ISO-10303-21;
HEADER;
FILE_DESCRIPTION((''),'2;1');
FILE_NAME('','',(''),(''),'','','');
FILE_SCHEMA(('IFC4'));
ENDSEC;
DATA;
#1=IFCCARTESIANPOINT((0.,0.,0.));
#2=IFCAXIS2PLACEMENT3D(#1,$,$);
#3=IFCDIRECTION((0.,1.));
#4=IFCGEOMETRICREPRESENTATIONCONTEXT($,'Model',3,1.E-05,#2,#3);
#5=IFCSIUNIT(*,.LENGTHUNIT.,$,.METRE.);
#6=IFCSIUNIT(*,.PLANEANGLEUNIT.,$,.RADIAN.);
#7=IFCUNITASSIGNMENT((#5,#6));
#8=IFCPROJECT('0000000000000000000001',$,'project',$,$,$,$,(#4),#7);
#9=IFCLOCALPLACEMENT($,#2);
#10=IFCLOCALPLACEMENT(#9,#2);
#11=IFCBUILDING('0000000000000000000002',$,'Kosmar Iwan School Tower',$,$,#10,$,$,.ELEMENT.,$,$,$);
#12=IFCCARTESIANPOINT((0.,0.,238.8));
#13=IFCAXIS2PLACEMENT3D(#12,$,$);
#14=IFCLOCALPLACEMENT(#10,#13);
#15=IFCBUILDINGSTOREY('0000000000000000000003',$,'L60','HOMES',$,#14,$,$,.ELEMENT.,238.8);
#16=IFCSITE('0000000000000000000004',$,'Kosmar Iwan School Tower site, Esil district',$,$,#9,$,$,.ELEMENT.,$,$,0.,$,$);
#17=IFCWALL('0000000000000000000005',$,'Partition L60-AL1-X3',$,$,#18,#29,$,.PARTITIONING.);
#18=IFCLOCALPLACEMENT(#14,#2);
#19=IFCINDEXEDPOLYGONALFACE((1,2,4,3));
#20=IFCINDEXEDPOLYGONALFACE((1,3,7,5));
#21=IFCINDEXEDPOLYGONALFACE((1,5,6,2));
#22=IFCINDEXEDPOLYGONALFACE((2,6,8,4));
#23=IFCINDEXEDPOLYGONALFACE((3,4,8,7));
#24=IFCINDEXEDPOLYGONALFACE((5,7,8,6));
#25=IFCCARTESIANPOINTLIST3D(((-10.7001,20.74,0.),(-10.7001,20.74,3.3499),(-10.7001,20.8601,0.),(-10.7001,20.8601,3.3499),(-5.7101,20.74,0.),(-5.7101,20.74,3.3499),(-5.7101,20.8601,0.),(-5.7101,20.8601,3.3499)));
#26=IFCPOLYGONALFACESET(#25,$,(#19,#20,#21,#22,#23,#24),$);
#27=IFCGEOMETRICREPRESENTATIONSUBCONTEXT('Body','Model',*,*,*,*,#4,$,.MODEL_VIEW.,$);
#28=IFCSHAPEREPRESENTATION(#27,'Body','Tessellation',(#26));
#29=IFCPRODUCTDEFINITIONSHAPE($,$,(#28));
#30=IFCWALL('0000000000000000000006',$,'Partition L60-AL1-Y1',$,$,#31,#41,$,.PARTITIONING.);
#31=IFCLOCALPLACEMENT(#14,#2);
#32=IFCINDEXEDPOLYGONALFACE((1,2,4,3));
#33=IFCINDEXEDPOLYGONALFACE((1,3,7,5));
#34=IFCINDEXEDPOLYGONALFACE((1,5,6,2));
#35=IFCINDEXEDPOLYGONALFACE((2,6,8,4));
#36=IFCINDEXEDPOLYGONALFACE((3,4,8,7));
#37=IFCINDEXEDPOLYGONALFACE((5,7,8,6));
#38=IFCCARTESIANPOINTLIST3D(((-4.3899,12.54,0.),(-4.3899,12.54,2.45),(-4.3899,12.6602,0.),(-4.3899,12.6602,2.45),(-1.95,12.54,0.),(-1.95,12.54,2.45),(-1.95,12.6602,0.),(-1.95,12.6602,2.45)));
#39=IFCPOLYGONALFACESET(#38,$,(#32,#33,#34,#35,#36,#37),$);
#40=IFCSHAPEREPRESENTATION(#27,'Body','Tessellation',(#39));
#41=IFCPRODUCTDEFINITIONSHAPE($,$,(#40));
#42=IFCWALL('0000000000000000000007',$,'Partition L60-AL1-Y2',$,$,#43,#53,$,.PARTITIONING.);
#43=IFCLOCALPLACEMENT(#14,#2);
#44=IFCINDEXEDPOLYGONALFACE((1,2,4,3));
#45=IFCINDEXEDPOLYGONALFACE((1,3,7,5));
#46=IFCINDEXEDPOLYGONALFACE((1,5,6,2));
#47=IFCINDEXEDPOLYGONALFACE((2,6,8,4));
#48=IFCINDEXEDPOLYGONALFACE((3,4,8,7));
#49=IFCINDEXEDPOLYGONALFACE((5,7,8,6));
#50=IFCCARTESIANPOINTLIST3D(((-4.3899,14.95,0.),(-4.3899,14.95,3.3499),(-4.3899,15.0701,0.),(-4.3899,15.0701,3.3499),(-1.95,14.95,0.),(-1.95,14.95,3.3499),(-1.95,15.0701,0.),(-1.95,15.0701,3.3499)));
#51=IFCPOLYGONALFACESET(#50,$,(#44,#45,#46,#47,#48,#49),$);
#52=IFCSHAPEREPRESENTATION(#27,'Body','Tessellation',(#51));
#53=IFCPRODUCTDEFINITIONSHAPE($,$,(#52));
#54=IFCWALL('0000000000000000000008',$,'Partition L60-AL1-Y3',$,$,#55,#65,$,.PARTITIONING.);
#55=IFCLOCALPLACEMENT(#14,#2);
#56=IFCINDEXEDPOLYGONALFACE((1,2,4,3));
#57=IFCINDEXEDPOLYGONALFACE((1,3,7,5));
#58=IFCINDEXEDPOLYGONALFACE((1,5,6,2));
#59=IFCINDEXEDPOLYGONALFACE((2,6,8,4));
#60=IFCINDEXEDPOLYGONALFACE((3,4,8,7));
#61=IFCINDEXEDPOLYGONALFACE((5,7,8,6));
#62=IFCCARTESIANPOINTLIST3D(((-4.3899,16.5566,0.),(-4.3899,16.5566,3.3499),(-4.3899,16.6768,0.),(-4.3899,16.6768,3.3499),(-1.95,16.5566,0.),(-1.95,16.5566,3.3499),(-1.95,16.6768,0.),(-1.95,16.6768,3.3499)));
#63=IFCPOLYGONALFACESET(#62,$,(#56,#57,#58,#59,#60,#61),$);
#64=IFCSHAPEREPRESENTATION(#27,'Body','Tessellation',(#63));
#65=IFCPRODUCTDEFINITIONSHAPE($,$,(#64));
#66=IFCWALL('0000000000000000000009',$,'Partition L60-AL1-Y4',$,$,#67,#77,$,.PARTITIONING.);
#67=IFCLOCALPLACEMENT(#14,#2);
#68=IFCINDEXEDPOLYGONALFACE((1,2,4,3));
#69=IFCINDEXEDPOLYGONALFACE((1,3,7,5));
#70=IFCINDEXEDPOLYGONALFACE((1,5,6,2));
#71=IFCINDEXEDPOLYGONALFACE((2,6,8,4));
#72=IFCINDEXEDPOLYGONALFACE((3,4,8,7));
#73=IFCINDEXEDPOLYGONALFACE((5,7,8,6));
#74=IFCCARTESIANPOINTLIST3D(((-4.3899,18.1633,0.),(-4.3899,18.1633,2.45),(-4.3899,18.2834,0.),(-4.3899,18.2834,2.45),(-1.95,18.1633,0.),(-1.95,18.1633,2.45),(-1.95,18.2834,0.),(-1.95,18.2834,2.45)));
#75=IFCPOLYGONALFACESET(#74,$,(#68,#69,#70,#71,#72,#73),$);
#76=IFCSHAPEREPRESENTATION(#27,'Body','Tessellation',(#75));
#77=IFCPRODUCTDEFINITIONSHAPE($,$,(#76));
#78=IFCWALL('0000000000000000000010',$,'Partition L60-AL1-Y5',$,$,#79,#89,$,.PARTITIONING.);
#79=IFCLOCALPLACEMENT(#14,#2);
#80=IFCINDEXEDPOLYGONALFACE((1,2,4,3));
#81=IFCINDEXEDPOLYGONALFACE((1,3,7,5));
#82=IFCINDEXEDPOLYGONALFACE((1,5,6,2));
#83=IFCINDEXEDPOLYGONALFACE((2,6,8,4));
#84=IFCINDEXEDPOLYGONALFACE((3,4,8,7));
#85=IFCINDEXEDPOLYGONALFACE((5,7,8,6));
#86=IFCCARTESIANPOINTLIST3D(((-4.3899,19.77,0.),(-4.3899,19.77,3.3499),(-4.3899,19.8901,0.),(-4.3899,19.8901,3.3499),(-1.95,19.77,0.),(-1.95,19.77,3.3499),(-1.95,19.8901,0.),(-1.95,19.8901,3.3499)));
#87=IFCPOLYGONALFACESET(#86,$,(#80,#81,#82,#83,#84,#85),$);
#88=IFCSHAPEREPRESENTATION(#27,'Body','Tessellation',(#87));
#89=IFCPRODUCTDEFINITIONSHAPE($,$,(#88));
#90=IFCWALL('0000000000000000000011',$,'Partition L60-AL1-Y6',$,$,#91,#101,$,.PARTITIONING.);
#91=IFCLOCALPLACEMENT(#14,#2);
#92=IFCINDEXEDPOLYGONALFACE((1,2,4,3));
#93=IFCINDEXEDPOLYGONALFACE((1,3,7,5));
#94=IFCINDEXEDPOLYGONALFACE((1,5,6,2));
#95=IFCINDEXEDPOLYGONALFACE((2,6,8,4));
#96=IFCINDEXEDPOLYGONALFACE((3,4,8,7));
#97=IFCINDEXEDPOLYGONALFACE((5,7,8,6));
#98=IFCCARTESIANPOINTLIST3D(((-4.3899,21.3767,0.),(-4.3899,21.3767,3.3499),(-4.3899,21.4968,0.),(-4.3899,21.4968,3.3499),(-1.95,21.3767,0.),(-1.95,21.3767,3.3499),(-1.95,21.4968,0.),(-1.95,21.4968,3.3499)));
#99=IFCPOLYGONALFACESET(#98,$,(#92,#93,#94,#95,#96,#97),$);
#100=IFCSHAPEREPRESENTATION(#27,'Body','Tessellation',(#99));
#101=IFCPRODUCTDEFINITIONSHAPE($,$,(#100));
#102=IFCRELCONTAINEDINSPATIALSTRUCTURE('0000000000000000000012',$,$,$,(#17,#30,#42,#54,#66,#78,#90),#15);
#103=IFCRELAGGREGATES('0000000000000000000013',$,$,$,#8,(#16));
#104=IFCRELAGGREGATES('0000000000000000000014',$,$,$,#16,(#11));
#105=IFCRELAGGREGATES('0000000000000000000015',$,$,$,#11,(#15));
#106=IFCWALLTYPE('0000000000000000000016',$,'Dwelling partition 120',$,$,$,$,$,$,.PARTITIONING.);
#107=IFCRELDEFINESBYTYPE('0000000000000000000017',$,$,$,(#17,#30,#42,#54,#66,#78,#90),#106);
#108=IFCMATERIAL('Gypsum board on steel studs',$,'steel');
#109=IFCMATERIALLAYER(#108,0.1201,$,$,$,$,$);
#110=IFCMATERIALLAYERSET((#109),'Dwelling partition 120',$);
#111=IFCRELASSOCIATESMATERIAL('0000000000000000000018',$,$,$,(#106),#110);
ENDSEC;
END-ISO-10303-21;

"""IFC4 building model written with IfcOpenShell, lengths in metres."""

from ifc_helpers import new_model, si_unit, direction, frame, frame_2d, origin, place, context, subcontext, project, spatial, rectangle, extrude, material, layer, layer_set, type_object, element, save


model = new_model("IFC4")

# Units and contexts
model_context = context("Model", 3, precision=1e-05, world=origin(), true_north=direction((0.0, 1.0)))
body_context = subcontext(model_context, "Body", "Model", "MODEL_VIEW")
ifc_project = project(units=[si_unit("LENGTHUNIT", "METRE"), si_unit("PLANEANGLEUNIT", "RADIAN")], contexts=[model_context])

# Site, building, storey
site_placement = place(None, origin())
site = spatial("IfcSite", under=ifc_project, at=site_placement, Name="Kosmar Iwan School Tower site, Esil district", CompositionType="ELEMENT", RefElevation=0.0)
building_placement = place(site_placement, origin())
building = spatial("IfcBuilding", under=site, at=building_placement, Name="Kosmar Iwan School Tower", CompositionType="ELEMENT")
storey_placement = place(building_placement, frame((0.0, 0.0, 238.8)))
storey = spatial("IfcBuildingStorey", under=building, at=storey_placement, Name="L60", Description="HOMES", CompositionType="ELEMENT", Elevation=238.8)

# Shared definitions
ifc_material_1 = material(Name="Gypsum board on steel studs", Category="steel")
ifc_layer_1 = layer(ifc_material_1, 0.1201)
ifc_layer_set_1 = layer_set([ifc_layer_1], Name="Dwelling partition 120")
wall_type_1 = type_object("IfcWallType", Name="Dwelling partition 120", PredefinedType="PARTITIONING", material=ifc_layer_set_1)

# Walls
wall_1_placement = place(storey_placement, frame((-5.71, 20.8, 0.0), z_axis=(0.0, 0.0, 1.0), x_axis=(-1.0, 0.0, 0.0)))
element("IfcWall", 1, at=wall_1_placement, inside=storey, type_object=wall_type_1, Name="Partition L60-AL1-X3", PredefinedType="PARTITIONING", context=body_context, shape_type="SweptSolid", body=[
    extrude(rectangle(XDim=4.99, YDim=0.1201, at=frame_2d((2.4951, 0.0))), origin(), (0.0, 0.0, 1.0), 3.3499),
])
wall_2_placement = place(storey_placement, frame((-1.95, 12.6001, 0.0), z_axis=(0.0, 0.0, 1.0), x_axis=(-1.0, 0.0, 0.0)))
element("IfcWall", 2, at=wall_2_placement, inside=storey, type_object=wall_type_1, Name="Partition L60-AL1-Y1", PredefinedType="PARTITIONING", context=body_context, shape_type="SweptSolid", body=[
    extrude(rectangle(XDim=2.4399, YDim=0.1201, at=frame_2d((1.22, 0.0))), origin(), (0.0, 0.0, 1.0), 2.45),
])
for number, where, z_axis, x_axis, name in (
    (3, (-1.95, 15.01, 0.0), (0.0, 0.0, 1.0), (-1.0, 0.0, 0.0), "Partition L60-AL1-Y2"),
    (4, (-1.95, 16.6167, 0.0), (0.0, 0.0, 1.0), (-1.0, 0.0, 0.0), "Partition L60-AL1-Y3"),
):
    element("IfcWall", number, at=place(storey_placement, frame(where, z_axis=z_axis, x_axis=x_axis)), inside=storey, type_object=wall_type_1, Name=name, PredefinedType="PARTITIONING", context=body_context, shape_type="SweptSolid", body=[
        extrude(rectangle(XDim=2.4399, YDim=0.1201, at=frame_2d((1.22, 0.0))), origin(), (0.0, 0.0, 1.0), 3.3499),
    ])
wall_3_placement = place(storey_placement, frame((-1.95, 18.2234, 0.0), z_axis=(0.0, 0.0, 1.0), x_axis=(-1.0, 0.0, 0.0)))
element("IfcWall", 5, at=wall_3_placement, inside=storey, type_object=wall_type_1, Name="Partition L60-AL1-Y4", PredefinedType="PARTITIONING", context=body_context, shape_type="SweptSolid", body=[
    extrude(rectangle(XDim=2.4399, YDim=0.1201, at=frame_2d((1.22, 0.0))), origin(), (0.0, 0.0, 1.0), 2.45),
])
for number, where, z_axis, x_axis, name in (
    (6, (-1.95, 19.8301, 0.0), (0.0, 0.0, 1.0), (-1.0, 0.0, 0.0), "Partition L60-AL1-Y5"),
    (7, (-1.95, 21.4368, 0.0), (0.0, 0.0, 1.0), (-1.0, 0.0, 0.0), "Partition L60-AL1-Y6"),
):
    element("IfcWall", number, at=place(storey_placement, frame(where, z_axis=z_axis, x_axis=x_axis)), inside=storey, type_object=wall_type_1, Name=name, PredefinedType="PARTITIONING", context=body_context, shape_type="SweptSolid", body=[
        extrude(rectangle(XDim=2.4399, YDim=0.1201, at=frame_2d((1.22, 0.0))), origin(), (0.0, 0.0, 1.0), 3.3499),
    ])

save(model, "model.ifc")
